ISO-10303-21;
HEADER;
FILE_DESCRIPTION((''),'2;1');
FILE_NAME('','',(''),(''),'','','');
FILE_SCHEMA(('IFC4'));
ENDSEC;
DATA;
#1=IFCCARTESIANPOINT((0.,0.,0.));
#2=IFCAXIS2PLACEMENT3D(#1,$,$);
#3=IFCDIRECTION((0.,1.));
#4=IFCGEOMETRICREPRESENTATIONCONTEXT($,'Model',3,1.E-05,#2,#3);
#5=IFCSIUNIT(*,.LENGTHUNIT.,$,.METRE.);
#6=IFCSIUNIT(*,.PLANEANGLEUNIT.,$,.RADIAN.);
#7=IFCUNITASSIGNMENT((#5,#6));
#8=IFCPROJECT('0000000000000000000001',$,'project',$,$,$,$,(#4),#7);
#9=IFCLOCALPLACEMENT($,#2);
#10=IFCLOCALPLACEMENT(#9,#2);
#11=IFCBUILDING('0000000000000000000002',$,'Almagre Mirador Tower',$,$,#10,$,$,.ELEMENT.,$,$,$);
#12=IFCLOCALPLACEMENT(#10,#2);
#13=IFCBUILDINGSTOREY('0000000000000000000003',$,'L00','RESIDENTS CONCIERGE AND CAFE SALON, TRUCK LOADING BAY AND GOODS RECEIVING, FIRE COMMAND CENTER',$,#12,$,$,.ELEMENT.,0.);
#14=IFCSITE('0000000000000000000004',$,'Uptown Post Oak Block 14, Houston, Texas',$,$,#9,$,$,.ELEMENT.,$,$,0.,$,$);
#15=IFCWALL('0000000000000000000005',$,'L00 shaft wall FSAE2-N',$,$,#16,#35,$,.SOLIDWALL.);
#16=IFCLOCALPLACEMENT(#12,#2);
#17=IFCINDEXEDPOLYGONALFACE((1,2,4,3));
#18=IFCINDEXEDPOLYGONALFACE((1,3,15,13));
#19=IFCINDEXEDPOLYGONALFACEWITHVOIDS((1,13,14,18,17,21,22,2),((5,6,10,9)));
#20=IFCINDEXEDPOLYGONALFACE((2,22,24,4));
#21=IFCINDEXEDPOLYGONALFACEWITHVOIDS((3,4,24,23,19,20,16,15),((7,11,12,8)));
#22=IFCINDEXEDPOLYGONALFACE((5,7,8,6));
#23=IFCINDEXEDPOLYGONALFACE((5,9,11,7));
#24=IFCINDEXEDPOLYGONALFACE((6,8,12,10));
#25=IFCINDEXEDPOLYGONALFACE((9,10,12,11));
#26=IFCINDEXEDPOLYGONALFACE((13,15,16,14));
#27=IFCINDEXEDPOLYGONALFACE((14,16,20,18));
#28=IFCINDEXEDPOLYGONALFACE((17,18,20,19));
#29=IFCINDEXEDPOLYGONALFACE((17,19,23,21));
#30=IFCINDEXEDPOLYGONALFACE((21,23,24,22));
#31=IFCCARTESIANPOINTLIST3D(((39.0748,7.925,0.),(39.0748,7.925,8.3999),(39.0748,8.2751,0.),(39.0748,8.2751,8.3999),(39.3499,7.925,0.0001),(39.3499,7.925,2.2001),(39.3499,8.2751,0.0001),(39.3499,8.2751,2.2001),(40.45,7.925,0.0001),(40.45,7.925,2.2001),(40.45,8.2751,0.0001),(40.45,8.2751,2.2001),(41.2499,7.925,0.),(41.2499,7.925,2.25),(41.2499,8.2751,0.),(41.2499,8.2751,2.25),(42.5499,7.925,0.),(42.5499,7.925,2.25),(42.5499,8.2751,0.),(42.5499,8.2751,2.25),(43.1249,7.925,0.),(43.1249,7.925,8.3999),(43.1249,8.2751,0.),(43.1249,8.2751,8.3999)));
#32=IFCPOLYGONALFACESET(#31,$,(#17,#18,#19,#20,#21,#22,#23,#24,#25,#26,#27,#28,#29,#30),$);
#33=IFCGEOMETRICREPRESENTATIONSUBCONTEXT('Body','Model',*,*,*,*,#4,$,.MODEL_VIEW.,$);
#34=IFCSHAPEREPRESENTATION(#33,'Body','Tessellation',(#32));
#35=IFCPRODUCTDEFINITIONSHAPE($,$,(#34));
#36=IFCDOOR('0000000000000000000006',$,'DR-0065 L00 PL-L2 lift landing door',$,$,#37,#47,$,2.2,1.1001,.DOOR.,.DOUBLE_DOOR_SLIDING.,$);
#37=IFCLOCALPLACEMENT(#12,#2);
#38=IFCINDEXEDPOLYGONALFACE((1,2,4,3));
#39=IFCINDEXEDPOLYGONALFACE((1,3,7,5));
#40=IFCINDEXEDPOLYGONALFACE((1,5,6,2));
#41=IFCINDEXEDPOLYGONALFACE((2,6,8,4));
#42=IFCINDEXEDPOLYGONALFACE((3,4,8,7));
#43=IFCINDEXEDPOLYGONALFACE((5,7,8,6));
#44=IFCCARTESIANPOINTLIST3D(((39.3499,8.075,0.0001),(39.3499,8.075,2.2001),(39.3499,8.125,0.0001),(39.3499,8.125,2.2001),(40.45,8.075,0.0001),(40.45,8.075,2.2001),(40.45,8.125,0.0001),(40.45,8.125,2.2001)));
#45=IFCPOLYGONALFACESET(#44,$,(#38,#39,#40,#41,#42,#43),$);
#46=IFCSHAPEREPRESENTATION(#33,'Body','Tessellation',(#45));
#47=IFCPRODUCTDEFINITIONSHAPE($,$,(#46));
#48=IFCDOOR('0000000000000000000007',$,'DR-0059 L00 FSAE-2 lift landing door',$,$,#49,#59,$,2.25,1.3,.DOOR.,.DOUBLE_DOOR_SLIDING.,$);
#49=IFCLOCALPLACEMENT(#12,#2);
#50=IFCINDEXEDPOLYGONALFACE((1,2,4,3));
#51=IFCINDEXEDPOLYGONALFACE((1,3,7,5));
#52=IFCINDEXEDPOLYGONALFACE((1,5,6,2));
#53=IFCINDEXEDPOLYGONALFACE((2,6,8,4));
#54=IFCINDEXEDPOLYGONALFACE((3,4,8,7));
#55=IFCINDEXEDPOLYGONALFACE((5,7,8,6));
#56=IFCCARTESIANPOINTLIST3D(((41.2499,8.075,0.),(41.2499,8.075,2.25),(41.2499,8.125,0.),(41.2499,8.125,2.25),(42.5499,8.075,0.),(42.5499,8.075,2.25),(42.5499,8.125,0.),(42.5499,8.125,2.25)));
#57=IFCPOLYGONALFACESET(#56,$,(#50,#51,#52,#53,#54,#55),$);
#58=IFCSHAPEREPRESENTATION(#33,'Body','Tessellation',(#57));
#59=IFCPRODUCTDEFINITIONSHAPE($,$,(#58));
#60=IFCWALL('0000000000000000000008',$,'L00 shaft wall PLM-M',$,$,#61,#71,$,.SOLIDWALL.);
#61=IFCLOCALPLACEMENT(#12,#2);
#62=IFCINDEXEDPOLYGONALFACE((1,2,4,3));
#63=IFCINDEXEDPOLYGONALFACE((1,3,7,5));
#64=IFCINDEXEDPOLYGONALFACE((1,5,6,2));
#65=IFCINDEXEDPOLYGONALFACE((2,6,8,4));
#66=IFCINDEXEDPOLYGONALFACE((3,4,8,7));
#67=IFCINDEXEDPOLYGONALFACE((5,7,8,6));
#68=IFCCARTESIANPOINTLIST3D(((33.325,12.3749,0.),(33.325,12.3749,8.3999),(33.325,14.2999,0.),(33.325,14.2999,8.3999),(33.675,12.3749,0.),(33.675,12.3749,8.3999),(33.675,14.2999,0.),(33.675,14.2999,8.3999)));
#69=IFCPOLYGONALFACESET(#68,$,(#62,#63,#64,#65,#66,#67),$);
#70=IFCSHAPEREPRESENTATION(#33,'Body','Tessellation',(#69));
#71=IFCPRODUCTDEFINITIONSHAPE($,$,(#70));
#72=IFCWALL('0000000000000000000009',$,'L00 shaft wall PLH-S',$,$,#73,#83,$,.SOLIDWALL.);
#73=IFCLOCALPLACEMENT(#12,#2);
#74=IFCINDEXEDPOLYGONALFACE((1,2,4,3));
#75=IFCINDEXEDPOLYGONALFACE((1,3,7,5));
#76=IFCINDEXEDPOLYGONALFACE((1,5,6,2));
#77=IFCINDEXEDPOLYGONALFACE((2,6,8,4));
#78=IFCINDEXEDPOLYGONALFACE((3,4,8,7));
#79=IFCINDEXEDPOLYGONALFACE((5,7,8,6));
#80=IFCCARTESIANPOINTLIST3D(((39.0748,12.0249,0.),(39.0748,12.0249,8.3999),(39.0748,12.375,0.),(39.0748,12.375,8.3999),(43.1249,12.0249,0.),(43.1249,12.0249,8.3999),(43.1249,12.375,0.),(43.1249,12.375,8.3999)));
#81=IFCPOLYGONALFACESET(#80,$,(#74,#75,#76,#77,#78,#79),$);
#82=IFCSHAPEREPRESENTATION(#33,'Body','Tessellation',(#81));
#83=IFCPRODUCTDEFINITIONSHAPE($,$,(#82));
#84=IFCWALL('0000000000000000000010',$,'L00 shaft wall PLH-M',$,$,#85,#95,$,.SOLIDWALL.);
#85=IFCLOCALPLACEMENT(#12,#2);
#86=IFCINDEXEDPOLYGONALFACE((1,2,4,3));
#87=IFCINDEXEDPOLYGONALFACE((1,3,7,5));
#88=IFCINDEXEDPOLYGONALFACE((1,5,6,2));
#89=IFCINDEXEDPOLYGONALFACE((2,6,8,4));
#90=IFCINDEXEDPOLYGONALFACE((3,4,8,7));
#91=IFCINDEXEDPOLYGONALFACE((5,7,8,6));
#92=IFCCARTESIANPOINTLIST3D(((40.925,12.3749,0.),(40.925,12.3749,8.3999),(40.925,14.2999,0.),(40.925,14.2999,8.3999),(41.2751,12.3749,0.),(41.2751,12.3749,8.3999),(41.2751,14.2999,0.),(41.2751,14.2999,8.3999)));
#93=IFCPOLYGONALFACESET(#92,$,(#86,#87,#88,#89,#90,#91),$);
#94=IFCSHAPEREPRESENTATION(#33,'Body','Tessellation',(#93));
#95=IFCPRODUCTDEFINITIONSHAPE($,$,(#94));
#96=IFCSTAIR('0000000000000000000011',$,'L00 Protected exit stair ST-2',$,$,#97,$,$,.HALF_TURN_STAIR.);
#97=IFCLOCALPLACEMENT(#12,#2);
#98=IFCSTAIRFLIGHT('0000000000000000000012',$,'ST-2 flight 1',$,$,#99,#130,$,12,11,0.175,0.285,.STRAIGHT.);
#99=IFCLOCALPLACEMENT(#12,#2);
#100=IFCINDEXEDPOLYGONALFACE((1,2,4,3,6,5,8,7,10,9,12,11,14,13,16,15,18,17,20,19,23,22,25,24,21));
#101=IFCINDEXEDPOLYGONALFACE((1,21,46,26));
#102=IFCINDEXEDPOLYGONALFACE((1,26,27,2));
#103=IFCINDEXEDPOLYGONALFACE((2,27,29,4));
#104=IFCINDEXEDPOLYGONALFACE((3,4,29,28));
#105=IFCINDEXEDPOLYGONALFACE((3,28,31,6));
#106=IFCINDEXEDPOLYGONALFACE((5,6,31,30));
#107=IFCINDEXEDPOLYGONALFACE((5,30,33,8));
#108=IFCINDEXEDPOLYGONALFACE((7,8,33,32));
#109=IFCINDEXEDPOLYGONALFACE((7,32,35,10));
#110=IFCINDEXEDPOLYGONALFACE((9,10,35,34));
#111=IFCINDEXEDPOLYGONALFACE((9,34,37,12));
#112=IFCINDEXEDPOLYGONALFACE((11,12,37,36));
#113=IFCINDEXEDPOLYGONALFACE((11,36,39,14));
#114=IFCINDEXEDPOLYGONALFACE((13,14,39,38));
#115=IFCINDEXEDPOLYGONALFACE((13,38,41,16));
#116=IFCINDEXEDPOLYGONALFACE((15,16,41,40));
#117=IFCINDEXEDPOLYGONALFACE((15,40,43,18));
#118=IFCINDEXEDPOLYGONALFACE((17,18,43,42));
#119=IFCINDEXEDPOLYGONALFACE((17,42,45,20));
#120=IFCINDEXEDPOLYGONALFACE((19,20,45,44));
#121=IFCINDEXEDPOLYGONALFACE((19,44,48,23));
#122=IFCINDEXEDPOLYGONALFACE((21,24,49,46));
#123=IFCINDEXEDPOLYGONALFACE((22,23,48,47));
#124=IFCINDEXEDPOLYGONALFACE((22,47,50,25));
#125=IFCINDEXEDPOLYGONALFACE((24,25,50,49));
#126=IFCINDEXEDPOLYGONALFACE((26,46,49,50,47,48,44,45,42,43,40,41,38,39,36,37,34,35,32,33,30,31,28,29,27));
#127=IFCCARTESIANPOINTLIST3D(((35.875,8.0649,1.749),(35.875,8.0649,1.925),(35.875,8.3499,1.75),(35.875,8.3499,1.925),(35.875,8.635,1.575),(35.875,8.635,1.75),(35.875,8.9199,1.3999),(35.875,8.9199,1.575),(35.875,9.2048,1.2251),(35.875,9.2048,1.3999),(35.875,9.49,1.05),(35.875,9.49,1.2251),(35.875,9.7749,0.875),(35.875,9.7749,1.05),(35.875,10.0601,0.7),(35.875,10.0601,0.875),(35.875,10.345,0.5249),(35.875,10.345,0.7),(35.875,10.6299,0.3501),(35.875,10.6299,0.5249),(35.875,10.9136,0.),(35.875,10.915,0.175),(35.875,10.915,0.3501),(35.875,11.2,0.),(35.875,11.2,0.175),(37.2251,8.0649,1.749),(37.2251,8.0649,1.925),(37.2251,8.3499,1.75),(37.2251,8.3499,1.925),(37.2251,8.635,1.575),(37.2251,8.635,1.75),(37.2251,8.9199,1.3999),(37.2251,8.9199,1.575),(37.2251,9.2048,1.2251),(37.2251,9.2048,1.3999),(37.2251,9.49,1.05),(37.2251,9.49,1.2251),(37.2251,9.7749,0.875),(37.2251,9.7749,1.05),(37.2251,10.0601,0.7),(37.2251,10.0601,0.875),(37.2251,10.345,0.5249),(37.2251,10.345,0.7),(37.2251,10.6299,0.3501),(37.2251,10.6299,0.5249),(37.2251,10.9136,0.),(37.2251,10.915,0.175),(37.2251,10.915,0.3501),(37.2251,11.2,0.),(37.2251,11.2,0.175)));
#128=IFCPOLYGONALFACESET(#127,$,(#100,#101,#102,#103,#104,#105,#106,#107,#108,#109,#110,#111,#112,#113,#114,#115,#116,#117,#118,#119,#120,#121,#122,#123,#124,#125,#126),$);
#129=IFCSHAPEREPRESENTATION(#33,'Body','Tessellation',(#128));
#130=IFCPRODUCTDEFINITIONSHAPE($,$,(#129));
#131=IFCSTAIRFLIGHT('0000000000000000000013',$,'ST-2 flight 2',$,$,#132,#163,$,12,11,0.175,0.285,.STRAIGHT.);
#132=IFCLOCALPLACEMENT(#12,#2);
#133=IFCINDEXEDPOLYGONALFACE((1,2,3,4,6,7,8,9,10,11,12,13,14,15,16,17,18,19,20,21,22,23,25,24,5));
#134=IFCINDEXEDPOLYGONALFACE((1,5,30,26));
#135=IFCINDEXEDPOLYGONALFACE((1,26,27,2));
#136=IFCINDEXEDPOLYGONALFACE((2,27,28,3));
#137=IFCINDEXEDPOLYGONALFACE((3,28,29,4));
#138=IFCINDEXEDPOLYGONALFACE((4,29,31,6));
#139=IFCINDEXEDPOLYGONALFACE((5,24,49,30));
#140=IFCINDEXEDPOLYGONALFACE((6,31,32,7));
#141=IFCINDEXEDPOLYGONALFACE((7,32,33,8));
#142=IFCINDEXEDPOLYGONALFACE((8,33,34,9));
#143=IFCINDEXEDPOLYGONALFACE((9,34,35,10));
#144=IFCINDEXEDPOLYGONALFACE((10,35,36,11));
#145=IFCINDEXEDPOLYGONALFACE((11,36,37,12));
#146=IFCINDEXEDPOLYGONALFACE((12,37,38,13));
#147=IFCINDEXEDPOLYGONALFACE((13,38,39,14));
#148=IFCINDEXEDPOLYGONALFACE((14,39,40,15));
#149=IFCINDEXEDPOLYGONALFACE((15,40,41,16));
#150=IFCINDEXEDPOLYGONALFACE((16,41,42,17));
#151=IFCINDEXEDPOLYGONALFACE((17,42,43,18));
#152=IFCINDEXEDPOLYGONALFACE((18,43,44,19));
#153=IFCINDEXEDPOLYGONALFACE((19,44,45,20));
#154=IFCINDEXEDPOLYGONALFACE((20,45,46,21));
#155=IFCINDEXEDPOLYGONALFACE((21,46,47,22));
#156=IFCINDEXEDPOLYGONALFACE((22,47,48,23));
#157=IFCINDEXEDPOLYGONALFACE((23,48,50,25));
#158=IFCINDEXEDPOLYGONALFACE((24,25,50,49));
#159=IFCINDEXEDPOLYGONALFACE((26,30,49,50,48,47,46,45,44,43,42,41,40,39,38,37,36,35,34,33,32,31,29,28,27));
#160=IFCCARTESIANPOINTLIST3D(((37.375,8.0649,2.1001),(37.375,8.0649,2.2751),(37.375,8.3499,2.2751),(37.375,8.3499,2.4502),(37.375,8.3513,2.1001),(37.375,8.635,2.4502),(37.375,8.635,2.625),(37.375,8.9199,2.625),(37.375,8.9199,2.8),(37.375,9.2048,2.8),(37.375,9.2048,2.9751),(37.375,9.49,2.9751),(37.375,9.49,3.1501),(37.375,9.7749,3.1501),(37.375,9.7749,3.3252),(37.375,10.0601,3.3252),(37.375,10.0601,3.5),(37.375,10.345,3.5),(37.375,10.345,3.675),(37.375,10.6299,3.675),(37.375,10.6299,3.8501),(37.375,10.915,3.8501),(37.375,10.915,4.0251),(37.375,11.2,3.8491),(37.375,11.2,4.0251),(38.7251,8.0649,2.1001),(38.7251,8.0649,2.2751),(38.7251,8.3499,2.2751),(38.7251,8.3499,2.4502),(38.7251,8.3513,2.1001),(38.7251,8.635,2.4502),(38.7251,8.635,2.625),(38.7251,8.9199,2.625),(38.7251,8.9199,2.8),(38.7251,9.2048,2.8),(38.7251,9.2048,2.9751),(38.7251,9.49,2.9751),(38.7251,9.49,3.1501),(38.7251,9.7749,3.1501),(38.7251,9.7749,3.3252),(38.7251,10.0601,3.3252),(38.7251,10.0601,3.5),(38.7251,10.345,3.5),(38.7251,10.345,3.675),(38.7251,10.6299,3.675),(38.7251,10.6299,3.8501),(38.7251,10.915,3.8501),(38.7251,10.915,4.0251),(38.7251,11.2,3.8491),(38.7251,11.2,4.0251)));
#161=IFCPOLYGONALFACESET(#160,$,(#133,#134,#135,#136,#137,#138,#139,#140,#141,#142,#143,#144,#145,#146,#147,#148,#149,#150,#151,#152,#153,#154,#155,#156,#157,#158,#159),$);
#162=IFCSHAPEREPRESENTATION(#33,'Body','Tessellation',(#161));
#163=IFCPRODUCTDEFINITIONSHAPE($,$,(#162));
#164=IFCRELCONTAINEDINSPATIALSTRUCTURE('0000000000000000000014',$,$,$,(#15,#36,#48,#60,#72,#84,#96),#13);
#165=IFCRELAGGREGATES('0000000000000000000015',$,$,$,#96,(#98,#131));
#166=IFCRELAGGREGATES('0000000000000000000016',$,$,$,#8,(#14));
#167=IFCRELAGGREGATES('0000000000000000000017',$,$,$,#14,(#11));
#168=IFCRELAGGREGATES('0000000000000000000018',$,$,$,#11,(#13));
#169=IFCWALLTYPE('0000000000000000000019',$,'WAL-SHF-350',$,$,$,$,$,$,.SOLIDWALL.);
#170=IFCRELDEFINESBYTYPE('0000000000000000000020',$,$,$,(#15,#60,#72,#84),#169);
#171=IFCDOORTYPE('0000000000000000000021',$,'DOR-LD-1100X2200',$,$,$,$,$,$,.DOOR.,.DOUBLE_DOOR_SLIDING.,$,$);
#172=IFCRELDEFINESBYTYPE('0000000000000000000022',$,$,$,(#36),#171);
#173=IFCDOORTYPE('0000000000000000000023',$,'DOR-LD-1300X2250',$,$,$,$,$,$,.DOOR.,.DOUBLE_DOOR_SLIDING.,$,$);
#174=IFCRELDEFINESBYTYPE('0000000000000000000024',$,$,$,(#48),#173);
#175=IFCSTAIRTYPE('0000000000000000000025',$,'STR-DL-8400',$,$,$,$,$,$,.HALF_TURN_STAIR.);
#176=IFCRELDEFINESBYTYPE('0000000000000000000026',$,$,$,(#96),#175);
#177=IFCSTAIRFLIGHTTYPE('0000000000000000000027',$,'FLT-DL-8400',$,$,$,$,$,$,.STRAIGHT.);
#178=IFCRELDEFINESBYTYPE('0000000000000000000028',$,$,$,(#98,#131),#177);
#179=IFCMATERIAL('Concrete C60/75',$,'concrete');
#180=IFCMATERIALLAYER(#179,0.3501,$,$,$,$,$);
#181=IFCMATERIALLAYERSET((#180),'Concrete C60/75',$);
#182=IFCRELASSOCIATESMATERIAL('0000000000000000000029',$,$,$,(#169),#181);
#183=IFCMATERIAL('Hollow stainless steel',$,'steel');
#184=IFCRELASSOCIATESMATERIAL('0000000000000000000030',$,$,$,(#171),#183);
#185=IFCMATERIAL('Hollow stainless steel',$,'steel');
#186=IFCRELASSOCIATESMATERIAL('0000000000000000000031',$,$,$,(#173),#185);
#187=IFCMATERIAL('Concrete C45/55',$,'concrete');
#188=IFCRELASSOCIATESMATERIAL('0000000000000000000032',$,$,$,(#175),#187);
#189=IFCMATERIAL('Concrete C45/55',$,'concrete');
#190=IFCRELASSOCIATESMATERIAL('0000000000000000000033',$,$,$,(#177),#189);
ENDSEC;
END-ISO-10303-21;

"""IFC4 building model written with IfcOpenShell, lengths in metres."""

from ifc_helpers import new_model, si_unit, direction, frame, frame_2d, origin, place, context, subcontext, project, spatial, polyline, rectangle, outline, extrude, material, layer, layer_set, type_object, element, fill, aggregate, save


model = new_model("IFC4")

# Units and contexts
model_context = context("Model", 3, precision=1e-05, world=origin(), true_north=direction((0.0, 1.0)))
body_context = subcontext(model_context, "Body", "Model", "MODEL_VIEW")
ifc_project = project(units=[si_unit("LENGTHUNIT", "METRE"), si_unit("PLANEANGLEUNIT", "RADIAN")], contexts=[model_context])

# Site, building, storey
site_placement = place(None, origin())
site = spatial("IfcSite", under=ifc_project, at=site_placement, Name="Uptown Post Oak Block 14, Houston, Texas", CompositionType="ELEMENT", RefElevation=0.0)
building_placement = place(site_placement, origin())
building = spatial("IfcBuilding", under=site, at=building_placement, Name="Almagre Mirador Tower", CompositionType="ELEMENT")
storey_placement = place(building_placement, origin())
storey = spatial("IfcBuildingStorey", under=building, at=storey_placement, Name="L00", Description="RESIDENTS CONCIERGE AND CAFE SALON, TRUCK LOADING BAY AND GOODS RECEIVING, FIRE COMMAND CENTER", CompositionType="ELEMENT", Elevation=0.0)

# Wall, openings, doors
ifc_material_1 = material(Name="Concrete C60/75", Category="concrete")
ifc_layer = layer(ifc_material_1, 0.3501)
ifc_layer_set = layer_set([ifc_layer], Name="Concrete C60/75")
wall_type = type_object("IfcWallType", Name="WAL-SHF-350", PredefinedType="SOLIDWALL", material=ifc_layer_set)
wall_1_placement = place(storey_placement, frame((39.075, 8.1001, 0.0), z_axis=(0.0, 0.0, 1.0), x_axis=(1.0, 0.0, 0.0)))
wall_1 = element("IfcWall", 1, at=wall_1_placement, inside=storey, type_object=wall_type, Name="L00 shaft wall FSAE2-N", PredefinedType="SOLIDWALL", context=body_context, shape_type="SweptSolid", body=[
    extrude(rectangle(XDim=4.05, YDim=0.3501, at=frame_2d((2.0249, 0.0))), origin(), (0.0, 0.0, 1.0), 8.3999),
])
opening_1_placement = place(wall_1_placement, frame((2.175, 0.0, 0.0)))
opening_1 = element("IfcOpeningElement", 2, at=opening_1_placement, cuts=wall_1, PredefinedType="OPENING", context=body_context, shape_type="SweptSolid", body=[
    extrude(rectangle(XDim=1.3, YDim=2.25, at=frame_2d((0.6499, 1.125))), frame((0.0, 0.185, 0.0), z_axis=(0.0, -1.0, 0.0), x_axis=(1.0, 0.0, 0.0)), (0.0, 0.0, 1.0), 0.3701),
])
opening_2_placement = place(wall_1_placement, frame((0.2749, 0.0, 0.0)))
opening_2 = element("IfcOpeningElement", 3, at=opening_2_placement, cuts=wall_1, PredefinedType="OPENING", context=body_context, shape_type="SweptSolid", body=[
    extrude(rectangle(XDim=1.1001, YDim=2.2, at=frame_2d((0.55, 1.1001))), frame((0.0, 0.185, 0.0), z_axis=(0.0, -1.0, 0.0), x_axis=(1.0, 0.0, 0.0)), (0.0, 0.0, 1.0), 0.3701),
])
ifc_material_2 = material(Name="Hollow stainless steel", Category="steel")
door_type_1 = type_object("IfcDoorType", Name="DOR-LD-1100X2200", OperationType="DOUBLE_DOOR_SLIDING", PredefinedType="DOOR", material=ifc_material_2)
door_1_placement = place(opening_2_placement, origin())
door_1 = element("IfcDoor", 4, at=door_1_placement, inside=storey, type_object=door_type_1, Name="DR-0065 L00 PL-L2 lift landing door", OperationType="DOUBLE_DOOR_SLIDING", OverallHeight=2.2, OverallWidth=1.1001, PredefinedType="DOOR", context=body_context, shape_type="SweptSolid", body=[
    extrude(rectangle(XDim=1.1001, YDim=2.2, at=frame_2d((0.55, 1.1001))), frame((0.0, 0.0249, 0.0), z_axis=(0.0, -1.0, 0.0), x_axis=(1.0, 0.0, 0.0)), (0.0, 0.0, 1.0), 0.05),
])
fill(opening_2, door_1)
ifc_material_3 = material(Name="Hollow stainless steel", Category="steel")
door_type_2 = type_object("IfcDoorType", Name="DOR-LD-1300X2250", OperationType="DOUBLE_DOOR_SLIDING", PredefinedType="DOOR", material=ifc_material_3)
door_2_placement = place(opening_1_placement, origin())
door_2 = element("IfcDoor", 5, at=door_2_placement, inside=storey, type_object=door_type_2, Name="DR-0059 L00 FSAE-2 lift landing door", OperationType="DOUBLE_DOOR_SLIDING", OverallHeight=2.25, OverallWidth=1.3, PredefinedType="DOOR", context=body_context, shape_type="SweptSolid", body=[
    extrude(rectangle(XDim=1.3, YDim=2.25, at=frame_2d((0.6499, 1.125))), frame((0.0, 0.0249, 0.0), z_axis=(0.0, -1.0, 0.0), x_axis=(1.0, 0.0, 0.0)), (0.0, 0.0, 1.0), 0.05),
])
fill(opening_1, door_2)

# Walls
wall_2_placement = place(storey_placement, frame((33.5, 12.375, 0.0), z_axis=(0.0, 0.0, 1.0), x_axis=(0.0, 1.0, 0.0)))
element("IfcWall", 6, at=wall_2_placement, inside=storey, type_object=wall_type, Name="L00 shaft wall PLM-M", PredefinedType="SOLIDWALL", context=body_context, shape_type="SweptSolid", body=[
    extrude(rectangle(XDim=1.925, YDim=0.3501, at=frame_2d((0.9624, 0.0))), origin(), (0.0, 0.0, 1.0), 8.3999),
])
wall_3_placement = place(storey_placement, frame((39.075, 12.2, 0.0), z_axis=(0.0, 0.0, 1.0), x_axis=(1.0, 0.0, 0.0)))
element("IfcWall", 7, at=wall_3_placement, inside=storey, type_object=wall_type, Name="L00 shaft wall PLH-S", PredefinedType="SOLIDWALL", context=body_context, shape_type="SweptSolid", body=[
    extrude(rectangle(XDim=4.05, YDim=0.3501, at=frame_2d((2.0249, 0.0))), origin(), (0.0, 0.0, 1.0), 8.3999),
])
wall_4_placement = place(storey_placement, frame((41.1001, 12.375, 0.0), z_axis=(0.0, 0.0, 1.0), x_axis=(0.0, 1.0, 0.0)))
element("IfcWall", 8, at=wall_4_placement, inside=storey, type_object=wall_type, Name="L00 shaft wall PLH-M", PredefinedType="SOLIDWALL", context=body_context, shape_type="SweptSolid", body=[
    extrude(rectangle(XDim=1.925, YDim=0.3501, at=frame_2d((0.9624, 0.0))), origin(), (0.0, 0.0, 1.0), 8.3999),
])

# Stair, stair flights
ifc_material_4 = material(Name="Concrete C45/55", Category="concrete")
stair_type = type_object("IfcStairType", Name="STR-DL-8400", PredefinedType="HALF_TURN_STAIR", material=ifc_material_4)
stair_placement = place(storey_placement, origin())
stair = element("IfcStair", 9, at=stair_placement, inside=storey, type_object=stair_type, Name="L00 Protected exit stair ST-2", PredefinedType="HALF_TURN_STAIR")
ifc_material_5 = material(Name="Concrete C45/55", Category="concrete")
stair_flight_type = type_object("IfcStairFlightType", Name="FLT-DL-8400", PredefinedType="STRAIGHT", material=ifc_material_5)
stair_flight_1_placement = place(storey_placement, frame((36.55, 11.2, 0.0), z_axis=(0.0, 0.0, 1.0), x_axis=(0.0, -1.0, 0.0)))
stair_flight_1 = element("IfcStairFlight", 10, at=stair_flight_1_placement, type_object=stair_flight_type, Name="ST-2 flight 1", NumberOfRisers=12, NumberOfTreads=11, PredefinedType="STRAIGHT", RiserHeight=0.175, TreadLength=0.285, context=body_context, shape_type="SweptSolid", body=[
    extrude(outline(polyline([(0.0, 0.0), (0.0, 0.175), (0.2849, 0.175), (0.2849, 0.3501), (0.5701, 0.3501), (0.5701, 0.5249), (0.855, 0.5249), (0.855, 0.7), (1.1399, 0.7), (1.1399, 0.875), (1.425, 0.875), (1.425, 1.05), (1.71, 1.05), (1.71, 1.2251), (1.9951, 1.2251), (1.9951, 1.3999), (2.28, 1.3999), (2.28, 1.575), (2.5649, 1.575), (2.5649, 1.75), (2.8501, 1.75), (2.8501, 1.925), (3.135, 1.925), (3.135, 2.1001), (3.135, 1.749), (0.2864, 0.0), (0.0, 0.0)])), frame((0.0, 0.675, 0.0), z_axis=(0.0, -1.0, 0.0), x_axis=(1.0, 0.0, 0.0)), (0.0, 0.0, 1.0), 1.3501),
])
stair_flight_2_placement = place(storey_placement, frame((38.05, 8.0649, 2.1001), z_axis=(0.0, 0.0, 1.0), x_axis=(0.0, 1.0, 0.0)))
stair_flight_2 = element("IfcStairFlight", 11, at=stair_flight_2_placement, type_object=stair_flight_type, Name="ST-2 flight 2", NumberOfRisers=12, NumberOfTreads=11, PredefinedType="STRAIGHT", RiserHeight=0.175, TreadLength=0.285, context=body_context, shape_type="SweptSolid", body=[
    extrude(outline(polyline([(0.0, 0.0), (0.0, 0.175), (0.2849, 0.175), (0.2849, 0.3501), (0.5701, 0.3501), (0.5701, 0.5249), (0.855, 0.5249), (0.855, 0.7), (1.1399, 0.7), (1.1399, 0.875), (1.425, 0.875), (1.425, 1.05), (1.71, 1.05), (1.71, 1.2251), (1.9951, 1.2251), (1.9951, 1.3999), (2.28, 1.3999), (2.28, 1.575), (2.5649, 1.575), (2.5649, 1.75), (2.8501, 1.75), (2.8501, 1.925), (3.135, 1.925), (3.135, 2.1001), (3.135, 1.749), (0.2864, 0.0), (0.0, 0.0)])), frame((0.0, 0.675, 0.0), z_axis=(0.0, -1.0, 0.0), x_axis=(1.0, 0.0, 0.0)), (0.0, 0.0, 1.0), 1.3501),
])
aggregate(stair, [stair_flight_1, stair_flight_2])

save(model, "model.ifc")
